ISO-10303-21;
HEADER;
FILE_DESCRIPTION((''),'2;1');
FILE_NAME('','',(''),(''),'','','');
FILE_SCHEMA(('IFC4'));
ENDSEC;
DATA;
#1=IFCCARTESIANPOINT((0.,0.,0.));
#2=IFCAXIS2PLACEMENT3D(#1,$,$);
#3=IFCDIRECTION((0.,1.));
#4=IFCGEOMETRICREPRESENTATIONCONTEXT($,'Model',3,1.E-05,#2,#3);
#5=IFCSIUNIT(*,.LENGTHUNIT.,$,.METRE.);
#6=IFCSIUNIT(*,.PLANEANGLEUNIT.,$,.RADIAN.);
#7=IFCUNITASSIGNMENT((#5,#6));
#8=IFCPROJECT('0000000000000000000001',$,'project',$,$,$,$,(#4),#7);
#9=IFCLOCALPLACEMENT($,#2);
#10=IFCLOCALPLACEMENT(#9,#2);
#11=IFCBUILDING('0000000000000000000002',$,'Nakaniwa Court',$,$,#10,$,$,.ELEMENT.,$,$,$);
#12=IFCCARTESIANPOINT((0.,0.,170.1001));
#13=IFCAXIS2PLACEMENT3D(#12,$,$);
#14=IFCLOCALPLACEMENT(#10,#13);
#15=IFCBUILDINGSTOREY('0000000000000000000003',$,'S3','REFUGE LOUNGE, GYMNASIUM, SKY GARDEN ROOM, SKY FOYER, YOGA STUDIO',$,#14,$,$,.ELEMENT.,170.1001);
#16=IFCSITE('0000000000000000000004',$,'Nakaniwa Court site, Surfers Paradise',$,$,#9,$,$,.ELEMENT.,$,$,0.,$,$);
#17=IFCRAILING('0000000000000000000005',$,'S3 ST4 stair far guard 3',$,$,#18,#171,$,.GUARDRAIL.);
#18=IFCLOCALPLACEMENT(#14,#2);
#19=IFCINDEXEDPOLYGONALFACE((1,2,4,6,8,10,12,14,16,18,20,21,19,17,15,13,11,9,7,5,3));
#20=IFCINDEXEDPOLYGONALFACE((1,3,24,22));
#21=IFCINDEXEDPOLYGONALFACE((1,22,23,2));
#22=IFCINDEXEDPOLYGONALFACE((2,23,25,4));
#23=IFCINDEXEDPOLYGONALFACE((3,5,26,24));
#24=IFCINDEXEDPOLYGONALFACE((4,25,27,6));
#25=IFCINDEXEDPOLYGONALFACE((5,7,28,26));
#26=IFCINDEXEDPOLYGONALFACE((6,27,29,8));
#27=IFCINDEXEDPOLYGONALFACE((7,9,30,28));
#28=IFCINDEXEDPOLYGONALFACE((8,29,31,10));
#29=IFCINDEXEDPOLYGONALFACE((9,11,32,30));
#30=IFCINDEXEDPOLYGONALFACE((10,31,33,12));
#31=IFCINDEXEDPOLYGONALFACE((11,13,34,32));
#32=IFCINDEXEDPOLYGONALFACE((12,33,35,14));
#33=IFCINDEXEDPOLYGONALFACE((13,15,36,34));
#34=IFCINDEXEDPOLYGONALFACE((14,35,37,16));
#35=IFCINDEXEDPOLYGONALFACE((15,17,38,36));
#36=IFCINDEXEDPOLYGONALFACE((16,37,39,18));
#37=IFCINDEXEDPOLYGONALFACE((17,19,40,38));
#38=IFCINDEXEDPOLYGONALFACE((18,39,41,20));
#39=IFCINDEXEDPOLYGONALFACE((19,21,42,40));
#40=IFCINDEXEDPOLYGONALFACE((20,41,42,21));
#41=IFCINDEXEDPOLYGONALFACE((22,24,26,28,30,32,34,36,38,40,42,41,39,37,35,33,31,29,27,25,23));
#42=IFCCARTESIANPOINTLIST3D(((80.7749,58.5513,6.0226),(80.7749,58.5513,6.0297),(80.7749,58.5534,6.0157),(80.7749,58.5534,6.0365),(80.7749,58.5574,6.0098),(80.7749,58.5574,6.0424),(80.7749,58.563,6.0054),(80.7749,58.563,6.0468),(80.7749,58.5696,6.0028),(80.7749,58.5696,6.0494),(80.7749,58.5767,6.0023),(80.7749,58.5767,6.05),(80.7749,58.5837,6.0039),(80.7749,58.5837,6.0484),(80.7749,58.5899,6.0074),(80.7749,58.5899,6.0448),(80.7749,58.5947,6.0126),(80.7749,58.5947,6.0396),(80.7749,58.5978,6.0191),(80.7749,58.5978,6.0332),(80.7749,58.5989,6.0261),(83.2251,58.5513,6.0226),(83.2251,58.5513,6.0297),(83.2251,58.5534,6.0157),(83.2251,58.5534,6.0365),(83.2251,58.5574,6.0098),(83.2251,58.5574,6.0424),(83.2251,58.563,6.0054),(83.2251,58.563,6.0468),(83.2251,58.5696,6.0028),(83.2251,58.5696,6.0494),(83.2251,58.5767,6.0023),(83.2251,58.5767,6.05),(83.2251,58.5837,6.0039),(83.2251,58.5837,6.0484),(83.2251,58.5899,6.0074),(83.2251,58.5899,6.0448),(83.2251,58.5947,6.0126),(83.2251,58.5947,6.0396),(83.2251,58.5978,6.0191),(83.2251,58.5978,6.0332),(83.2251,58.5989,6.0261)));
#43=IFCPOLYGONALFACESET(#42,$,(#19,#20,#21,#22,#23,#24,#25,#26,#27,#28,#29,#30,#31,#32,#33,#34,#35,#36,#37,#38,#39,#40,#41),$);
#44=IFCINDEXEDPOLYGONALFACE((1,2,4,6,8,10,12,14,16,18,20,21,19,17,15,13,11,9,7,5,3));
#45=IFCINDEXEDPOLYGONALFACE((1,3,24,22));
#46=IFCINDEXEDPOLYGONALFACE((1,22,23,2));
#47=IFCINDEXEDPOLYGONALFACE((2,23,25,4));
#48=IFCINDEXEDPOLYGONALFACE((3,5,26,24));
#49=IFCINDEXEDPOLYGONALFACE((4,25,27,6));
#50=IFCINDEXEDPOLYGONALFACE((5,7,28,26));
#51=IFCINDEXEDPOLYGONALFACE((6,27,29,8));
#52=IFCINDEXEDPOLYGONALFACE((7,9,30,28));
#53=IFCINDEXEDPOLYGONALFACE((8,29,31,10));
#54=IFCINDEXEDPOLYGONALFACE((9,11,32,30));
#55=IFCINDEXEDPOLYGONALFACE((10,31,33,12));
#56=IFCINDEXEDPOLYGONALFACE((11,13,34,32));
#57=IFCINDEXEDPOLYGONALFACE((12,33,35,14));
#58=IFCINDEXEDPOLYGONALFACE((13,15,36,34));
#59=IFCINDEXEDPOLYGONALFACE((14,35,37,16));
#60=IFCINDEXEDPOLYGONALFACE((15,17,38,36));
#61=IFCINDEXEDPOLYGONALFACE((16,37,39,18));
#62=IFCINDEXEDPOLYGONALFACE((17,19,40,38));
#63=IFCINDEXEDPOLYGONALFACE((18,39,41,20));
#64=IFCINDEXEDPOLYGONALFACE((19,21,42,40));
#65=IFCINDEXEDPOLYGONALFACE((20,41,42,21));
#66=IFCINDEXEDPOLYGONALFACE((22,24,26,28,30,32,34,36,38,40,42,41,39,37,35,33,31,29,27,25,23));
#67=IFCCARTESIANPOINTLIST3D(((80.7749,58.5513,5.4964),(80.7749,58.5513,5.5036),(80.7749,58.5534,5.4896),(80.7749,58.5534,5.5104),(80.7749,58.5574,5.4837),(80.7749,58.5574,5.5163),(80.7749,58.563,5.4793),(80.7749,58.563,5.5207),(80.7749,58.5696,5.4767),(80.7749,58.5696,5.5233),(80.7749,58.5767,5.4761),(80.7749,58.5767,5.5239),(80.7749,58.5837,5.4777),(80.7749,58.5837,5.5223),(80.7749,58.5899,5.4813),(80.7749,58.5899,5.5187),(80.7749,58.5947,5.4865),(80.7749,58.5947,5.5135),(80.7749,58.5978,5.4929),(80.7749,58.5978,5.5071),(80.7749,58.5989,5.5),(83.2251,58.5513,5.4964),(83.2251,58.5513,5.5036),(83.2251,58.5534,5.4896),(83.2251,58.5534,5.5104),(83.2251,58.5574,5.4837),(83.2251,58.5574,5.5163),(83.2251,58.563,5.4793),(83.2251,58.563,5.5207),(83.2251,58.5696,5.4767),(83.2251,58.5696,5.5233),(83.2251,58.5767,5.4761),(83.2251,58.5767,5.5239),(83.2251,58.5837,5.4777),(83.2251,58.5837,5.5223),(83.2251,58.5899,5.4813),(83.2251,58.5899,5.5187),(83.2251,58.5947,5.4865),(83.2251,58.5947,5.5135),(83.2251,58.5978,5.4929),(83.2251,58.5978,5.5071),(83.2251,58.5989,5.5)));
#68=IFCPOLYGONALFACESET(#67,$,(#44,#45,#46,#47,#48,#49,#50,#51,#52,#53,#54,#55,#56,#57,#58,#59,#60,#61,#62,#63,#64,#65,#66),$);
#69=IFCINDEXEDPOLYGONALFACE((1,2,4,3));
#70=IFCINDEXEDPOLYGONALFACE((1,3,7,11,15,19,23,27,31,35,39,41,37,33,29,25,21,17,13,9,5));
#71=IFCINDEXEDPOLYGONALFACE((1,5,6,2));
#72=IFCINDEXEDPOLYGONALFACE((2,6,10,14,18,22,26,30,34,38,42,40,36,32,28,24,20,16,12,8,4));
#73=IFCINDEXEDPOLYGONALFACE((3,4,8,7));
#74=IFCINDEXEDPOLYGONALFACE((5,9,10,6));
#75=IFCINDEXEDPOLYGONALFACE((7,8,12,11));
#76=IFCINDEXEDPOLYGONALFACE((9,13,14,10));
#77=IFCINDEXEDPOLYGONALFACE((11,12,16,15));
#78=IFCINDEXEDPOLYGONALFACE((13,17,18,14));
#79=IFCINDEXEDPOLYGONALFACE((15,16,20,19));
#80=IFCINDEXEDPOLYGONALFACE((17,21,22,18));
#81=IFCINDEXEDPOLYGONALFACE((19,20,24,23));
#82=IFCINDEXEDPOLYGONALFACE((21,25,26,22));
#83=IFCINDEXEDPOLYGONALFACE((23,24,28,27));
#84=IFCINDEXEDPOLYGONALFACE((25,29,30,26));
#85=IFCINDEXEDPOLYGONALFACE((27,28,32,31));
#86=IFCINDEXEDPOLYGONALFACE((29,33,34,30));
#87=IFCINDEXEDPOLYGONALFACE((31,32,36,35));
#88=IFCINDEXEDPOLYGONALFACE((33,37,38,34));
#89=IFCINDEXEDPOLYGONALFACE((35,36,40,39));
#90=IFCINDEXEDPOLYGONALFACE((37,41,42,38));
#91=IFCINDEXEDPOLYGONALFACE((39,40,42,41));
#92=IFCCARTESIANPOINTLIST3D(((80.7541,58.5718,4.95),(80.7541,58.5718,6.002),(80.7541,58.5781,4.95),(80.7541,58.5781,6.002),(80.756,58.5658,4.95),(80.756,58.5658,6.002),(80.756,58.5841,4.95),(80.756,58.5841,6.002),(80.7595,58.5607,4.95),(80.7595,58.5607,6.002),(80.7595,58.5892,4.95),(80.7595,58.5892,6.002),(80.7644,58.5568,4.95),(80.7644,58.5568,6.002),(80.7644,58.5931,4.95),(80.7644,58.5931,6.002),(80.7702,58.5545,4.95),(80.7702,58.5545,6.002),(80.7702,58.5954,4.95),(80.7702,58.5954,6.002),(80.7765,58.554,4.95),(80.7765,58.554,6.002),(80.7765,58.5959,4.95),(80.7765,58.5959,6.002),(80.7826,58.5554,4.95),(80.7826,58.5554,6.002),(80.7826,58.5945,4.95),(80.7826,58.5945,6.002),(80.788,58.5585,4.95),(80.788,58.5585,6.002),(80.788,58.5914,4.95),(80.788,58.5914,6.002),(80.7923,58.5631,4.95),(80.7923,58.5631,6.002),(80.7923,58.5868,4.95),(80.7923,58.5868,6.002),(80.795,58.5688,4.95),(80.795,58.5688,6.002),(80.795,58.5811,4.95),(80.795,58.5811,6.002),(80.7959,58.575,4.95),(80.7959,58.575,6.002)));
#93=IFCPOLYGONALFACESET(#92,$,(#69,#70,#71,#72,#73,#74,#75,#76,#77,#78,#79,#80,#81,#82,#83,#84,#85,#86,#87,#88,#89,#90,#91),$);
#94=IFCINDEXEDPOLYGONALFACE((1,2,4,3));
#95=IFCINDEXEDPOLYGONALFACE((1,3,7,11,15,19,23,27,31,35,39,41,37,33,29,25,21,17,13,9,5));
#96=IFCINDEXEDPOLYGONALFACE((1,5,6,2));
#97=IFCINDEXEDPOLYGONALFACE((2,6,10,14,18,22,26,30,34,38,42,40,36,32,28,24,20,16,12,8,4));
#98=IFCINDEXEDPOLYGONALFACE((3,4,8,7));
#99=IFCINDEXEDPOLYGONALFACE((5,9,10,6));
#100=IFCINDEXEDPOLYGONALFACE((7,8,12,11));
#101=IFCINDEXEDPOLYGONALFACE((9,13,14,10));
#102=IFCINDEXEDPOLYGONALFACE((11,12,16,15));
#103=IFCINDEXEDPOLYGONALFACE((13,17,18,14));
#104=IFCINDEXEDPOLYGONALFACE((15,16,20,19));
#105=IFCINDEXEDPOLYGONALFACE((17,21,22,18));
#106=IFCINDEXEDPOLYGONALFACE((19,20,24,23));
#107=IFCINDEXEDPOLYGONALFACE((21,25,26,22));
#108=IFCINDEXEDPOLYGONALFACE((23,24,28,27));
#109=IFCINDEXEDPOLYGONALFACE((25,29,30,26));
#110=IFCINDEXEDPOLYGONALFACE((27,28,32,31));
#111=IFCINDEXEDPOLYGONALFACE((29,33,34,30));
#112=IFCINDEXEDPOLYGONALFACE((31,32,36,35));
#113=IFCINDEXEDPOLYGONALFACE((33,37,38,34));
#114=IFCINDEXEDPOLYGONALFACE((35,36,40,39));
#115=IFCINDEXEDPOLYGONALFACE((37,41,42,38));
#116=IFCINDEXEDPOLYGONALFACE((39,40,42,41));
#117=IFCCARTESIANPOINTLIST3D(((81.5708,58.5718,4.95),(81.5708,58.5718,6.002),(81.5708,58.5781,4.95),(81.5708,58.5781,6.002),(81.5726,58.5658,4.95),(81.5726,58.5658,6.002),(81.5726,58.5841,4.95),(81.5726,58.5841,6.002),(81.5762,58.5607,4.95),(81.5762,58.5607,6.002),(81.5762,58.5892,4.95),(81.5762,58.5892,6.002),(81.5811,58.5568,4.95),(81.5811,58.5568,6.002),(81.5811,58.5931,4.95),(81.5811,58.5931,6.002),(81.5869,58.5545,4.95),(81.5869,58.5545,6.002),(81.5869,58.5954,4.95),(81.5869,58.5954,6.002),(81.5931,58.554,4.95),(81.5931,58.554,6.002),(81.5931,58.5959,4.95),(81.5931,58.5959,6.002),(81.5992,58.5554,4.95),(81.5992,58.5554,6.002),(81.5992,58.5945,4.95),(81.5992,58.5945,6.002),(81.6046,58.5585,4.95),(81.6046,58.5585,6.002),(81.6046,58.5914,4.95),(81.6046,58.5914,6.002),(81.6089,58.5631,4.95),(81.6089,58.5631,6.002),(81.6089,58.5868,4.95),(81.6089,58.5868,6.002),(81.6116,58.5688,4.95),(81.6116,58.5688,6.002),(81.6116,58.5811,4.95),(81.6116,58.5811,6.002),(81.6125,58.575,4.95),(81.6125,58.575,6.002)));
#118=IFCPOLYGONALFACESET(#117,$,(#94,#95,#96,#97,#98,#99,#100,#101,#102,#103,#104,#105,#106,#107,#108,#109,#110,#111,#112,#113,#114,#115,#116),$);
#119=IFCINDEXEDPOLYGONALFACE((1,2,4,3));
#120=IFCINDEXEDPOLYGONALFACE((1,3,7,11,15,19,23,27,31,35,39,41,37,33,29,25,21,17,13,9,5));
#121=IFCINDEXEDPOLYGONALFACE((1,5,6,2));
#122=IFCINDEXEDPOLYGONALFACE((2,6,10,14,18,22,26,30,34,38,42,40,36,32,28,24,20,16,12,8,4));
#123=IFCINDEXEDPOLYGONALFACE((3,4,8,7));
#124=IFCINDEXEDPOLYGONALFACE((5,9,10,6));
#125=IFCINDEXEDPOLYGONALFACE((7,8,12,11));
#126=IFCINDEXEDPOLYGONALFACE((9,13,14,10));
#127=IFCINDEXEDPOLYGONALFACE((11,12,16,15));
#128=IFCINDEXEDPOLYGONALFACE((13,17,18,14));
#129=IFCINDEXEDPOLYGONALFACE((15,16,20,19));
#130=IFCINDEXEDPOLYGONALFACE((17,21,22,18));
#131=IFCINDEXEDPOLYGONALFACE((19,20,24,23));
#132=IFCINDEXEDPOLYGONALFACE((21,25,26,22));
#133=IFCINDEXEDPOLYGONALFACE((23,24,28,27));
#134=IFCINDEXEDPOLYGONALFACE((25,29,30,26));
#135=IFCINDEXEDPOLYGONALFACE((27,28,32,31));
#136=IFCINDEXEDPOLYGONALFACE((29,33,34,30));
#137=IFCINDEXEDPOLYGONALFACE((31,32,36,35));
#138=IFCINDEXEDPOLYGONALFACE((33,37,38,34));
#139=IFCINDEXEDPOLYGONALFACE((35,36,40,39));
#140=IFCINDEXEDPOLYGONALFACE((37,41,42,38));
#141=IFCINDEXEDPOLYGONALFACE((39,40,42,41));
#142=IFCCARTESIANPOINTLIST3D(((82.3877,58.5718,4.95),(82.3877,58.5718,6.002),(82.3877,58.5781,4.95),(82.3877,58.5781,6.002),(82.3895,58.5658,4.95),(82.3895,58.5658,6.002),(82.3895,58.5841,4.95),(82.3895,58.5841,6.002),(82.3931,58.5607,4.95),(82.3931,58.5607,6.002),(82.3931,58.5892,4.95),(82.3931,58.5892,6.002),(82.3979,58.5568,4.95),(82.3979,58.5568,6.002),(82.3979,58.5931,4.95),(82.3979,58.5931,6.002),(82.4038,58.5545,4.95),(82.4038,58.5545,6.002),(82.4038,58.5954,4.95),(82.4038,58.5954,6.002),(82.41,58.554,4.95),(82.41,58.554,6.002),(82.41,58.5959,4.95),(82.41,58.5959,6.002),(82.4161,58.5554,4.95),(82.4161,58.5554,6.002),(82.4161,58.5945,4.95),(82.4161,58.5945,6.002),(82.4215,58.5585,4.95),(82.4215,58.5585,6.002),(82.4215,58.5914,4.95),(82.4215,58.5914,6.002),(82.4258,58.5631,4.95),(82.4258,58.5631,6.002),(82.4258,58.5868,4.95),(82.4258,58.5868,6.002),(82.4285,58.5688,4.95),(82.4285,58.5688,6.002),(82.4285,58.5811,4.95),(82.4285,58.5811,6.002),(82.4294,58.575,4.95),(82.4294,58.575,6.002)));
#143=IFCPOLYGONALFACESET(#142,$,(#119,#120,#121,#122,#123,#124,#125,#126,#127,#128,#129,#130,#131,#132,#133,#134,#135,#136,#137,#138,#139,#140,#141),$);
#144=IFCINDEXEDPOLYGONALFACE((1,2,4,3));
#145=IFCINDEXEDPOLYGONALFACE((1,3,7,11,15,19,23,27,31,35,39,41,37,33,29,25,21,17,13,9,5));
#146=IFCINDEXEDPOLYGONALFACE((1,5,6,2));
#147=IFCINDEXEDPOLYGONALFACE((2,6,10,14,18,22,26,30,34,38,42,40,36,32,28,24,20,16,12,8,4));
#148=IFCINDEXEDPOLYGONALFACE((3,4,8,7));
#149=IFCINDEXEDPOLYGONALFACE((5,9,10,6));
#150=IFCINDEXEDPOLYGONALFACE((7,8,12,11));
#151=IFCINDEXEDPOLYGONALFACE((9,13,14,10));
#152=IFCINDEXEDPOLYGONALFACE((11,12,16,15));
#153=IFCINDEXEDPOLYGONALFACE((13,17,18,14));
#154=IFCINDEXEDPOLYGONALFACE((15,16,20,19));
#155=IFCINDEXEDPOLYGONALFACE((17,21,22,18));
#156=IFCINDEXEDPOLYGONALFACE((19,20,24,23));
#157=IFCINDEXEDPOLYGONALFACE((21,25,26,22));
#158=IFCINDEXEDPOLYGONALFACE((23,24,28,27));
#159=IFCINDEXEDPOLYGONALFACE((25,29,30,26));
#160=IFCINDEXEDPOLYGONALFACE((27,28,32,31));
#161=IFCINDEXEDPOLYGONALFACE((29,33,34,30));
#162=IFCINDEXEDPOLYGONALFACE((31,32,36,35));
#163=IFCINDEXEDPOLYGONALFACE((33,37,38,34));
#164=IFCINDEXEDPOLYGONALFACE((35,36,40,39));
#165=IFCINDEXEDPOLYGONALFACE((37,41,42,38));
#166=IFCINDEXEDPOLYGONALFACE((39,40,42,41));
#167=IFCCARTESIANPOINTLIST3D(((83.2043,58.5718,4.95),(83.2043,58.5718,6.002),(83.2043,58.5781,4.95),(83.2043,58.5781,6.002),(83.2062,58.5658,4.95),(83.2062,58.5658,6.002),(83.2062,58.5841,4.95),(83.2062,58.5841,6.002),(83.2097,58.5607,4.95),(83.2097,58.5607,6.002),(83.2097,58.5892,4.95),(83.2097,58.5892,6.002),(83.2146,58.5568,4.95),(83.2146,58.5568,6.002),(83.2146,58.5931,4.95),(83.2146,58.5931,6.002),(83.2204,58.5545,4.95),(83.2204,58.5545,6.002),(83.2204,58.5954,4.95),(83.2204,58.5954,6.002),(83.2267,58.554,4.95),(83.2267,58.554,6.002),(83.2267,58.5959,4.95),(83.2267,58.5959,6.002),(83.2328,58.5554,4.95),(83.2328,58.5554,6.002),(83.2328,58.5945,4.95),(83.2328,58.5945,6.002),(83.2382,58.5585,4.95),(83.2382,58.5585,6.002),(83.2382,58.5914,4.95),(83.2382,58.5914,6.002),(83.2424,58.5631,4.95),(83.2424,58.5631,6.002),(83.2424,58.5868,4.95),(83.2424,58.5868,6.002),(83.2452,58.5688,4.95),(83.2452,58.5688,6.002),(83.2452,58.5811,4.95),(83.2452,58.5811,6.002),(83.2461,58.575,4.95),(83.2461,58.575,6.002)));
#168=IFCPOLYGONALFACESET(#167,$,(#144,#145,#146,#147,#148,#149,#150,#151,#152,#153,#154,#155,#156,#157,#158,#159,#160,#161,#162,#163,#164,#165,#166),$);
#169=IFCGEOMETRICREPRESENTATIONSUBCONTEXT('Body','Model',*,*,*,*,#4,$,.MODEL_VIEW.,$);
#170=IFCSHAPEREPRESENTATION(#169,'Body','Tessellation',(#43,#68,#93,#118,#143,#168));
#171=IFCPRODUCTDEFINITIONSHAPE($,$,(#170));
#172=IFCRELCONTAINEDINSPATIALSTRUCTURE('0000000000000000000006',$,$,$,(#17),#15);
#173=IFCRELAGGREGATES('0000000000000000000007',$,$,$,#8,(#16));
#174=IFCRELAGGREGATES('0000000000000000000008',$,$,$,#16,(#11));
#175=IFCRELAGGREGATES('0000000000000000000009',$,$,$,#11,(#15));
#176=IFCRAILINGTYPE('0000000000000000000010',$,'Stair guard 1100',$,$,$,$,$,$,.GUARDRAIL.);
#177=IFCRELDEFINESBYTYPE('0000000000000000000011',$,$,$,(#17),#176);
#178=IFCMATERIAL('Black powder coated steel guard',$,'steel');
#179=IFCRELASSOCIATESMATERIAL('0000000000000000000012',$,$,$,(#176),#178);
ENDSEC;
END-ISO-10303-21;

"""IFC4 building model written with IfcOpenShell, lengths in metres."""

from ifc_helpers import new_model, si_unit, direction, frame, origin, origin_2d, place, context, subcontext, project, spatial, circle, extrude, material, type_object, element, save


model = new_model("IFC4")

# Units and contexts
model_context = context("Model", 3, precision=1e-05, world=origin(), true_north=direction((0.0, 1.0)))
body_context = subcontext(model_context, "Body", "Model", "MODEL_VIEW")
ifc_project = project(units=[si_unit("LENGTHUNIT", "METRE"), si_unit("PLANEANGLEUNIT", "RADIAN")], contexts=[model_context])

# Site, building, storey
site_placement = place(None, origin())
site = spatial("IfcSite", under=ifc_project, at=site_placement, Name="Nakaniwa Court site, Surfers Paradise", CompositionType="ELEMENT", RefElevation=0.0)
building_placement = place(site_placement, origin())
building = spatial("IfcBuilding", under=site, at=building_placement, Name="Nakaniwa Court", CompositionType="ELEMENT")
storey_placement = place(building_placement, frame((0.0, 0.0, 170.1001)))
storey = spatial("IfcBuildingStorey", under=building, at=storey_placement, Name="S3", Description="REFUGE LOUNGE, GYMNASIUM, SKY GARDEN ROOM, SKY FOYER, YOGA STUDIO", CompositionType="ELEMENT", Elevation=170.1001)

# Railing
ifc_material_1 = material(Name="Black powder coated steel guard", Category="steel")
railing_type_1 = type_object("IfcRailingType", Name="Stair guard 1100", PredefinedType="GUARDRAIL", material=ifc_material_1)
for number, where, name in (
    (1, (80.7749, 58.575, 4.95), "S3 ST4 stair far guard 3"),
):
    element("IfcRailing", number, at=place(storey_placement, frame(where)), inside=storey, type_object=railing_type_1, Name=name, PredefinedType="GUARDRAIL", context=body_context, shape_type="SweptSolid", body=[
        extrude(circle(Radius=0.0239, at=origin_2d()), frame((0.0, 0.0, 1.0762), z_axis=(1.0, 0.0, 0.0), x_axis=(0.0, 1.0, 0.0)), (0.0, 0.0, 1.0), 2.4502),
        extrude(circle(Radius=0.0239, at=origin_2d()), frame((0.0, 0.0, 0.55), z_axis=(1.0, 0.0, 0.0), x_axis=(0.0, 1.0, 0.0)), (0.0, 0.0, 1.0), 2.4502),
        extrude(circle(Radius=0.021, at=origin_2d()), origin(), (0.0, 0.0, 1.0), 1.052),
        extrude(circle(Radius=0.021, at=origin_2d()), frame((0.8167, 0.0, 0.0)), (0.0, 0.0, 1.0), 1.052),
        extrude(circle(Radius=0.021, at=origin_2d()), frame((1.6335, 0.0, 0.0)), (0.0, 0.0, 1.0), 1.052),
        extrude(circle(Radius=0.021, at=origin_2d()), frame((2.4502, 0.0, 0.0)), (0.0, 0.0, 1.0), 1.052),
    ])

save(model, "model.ifc")
